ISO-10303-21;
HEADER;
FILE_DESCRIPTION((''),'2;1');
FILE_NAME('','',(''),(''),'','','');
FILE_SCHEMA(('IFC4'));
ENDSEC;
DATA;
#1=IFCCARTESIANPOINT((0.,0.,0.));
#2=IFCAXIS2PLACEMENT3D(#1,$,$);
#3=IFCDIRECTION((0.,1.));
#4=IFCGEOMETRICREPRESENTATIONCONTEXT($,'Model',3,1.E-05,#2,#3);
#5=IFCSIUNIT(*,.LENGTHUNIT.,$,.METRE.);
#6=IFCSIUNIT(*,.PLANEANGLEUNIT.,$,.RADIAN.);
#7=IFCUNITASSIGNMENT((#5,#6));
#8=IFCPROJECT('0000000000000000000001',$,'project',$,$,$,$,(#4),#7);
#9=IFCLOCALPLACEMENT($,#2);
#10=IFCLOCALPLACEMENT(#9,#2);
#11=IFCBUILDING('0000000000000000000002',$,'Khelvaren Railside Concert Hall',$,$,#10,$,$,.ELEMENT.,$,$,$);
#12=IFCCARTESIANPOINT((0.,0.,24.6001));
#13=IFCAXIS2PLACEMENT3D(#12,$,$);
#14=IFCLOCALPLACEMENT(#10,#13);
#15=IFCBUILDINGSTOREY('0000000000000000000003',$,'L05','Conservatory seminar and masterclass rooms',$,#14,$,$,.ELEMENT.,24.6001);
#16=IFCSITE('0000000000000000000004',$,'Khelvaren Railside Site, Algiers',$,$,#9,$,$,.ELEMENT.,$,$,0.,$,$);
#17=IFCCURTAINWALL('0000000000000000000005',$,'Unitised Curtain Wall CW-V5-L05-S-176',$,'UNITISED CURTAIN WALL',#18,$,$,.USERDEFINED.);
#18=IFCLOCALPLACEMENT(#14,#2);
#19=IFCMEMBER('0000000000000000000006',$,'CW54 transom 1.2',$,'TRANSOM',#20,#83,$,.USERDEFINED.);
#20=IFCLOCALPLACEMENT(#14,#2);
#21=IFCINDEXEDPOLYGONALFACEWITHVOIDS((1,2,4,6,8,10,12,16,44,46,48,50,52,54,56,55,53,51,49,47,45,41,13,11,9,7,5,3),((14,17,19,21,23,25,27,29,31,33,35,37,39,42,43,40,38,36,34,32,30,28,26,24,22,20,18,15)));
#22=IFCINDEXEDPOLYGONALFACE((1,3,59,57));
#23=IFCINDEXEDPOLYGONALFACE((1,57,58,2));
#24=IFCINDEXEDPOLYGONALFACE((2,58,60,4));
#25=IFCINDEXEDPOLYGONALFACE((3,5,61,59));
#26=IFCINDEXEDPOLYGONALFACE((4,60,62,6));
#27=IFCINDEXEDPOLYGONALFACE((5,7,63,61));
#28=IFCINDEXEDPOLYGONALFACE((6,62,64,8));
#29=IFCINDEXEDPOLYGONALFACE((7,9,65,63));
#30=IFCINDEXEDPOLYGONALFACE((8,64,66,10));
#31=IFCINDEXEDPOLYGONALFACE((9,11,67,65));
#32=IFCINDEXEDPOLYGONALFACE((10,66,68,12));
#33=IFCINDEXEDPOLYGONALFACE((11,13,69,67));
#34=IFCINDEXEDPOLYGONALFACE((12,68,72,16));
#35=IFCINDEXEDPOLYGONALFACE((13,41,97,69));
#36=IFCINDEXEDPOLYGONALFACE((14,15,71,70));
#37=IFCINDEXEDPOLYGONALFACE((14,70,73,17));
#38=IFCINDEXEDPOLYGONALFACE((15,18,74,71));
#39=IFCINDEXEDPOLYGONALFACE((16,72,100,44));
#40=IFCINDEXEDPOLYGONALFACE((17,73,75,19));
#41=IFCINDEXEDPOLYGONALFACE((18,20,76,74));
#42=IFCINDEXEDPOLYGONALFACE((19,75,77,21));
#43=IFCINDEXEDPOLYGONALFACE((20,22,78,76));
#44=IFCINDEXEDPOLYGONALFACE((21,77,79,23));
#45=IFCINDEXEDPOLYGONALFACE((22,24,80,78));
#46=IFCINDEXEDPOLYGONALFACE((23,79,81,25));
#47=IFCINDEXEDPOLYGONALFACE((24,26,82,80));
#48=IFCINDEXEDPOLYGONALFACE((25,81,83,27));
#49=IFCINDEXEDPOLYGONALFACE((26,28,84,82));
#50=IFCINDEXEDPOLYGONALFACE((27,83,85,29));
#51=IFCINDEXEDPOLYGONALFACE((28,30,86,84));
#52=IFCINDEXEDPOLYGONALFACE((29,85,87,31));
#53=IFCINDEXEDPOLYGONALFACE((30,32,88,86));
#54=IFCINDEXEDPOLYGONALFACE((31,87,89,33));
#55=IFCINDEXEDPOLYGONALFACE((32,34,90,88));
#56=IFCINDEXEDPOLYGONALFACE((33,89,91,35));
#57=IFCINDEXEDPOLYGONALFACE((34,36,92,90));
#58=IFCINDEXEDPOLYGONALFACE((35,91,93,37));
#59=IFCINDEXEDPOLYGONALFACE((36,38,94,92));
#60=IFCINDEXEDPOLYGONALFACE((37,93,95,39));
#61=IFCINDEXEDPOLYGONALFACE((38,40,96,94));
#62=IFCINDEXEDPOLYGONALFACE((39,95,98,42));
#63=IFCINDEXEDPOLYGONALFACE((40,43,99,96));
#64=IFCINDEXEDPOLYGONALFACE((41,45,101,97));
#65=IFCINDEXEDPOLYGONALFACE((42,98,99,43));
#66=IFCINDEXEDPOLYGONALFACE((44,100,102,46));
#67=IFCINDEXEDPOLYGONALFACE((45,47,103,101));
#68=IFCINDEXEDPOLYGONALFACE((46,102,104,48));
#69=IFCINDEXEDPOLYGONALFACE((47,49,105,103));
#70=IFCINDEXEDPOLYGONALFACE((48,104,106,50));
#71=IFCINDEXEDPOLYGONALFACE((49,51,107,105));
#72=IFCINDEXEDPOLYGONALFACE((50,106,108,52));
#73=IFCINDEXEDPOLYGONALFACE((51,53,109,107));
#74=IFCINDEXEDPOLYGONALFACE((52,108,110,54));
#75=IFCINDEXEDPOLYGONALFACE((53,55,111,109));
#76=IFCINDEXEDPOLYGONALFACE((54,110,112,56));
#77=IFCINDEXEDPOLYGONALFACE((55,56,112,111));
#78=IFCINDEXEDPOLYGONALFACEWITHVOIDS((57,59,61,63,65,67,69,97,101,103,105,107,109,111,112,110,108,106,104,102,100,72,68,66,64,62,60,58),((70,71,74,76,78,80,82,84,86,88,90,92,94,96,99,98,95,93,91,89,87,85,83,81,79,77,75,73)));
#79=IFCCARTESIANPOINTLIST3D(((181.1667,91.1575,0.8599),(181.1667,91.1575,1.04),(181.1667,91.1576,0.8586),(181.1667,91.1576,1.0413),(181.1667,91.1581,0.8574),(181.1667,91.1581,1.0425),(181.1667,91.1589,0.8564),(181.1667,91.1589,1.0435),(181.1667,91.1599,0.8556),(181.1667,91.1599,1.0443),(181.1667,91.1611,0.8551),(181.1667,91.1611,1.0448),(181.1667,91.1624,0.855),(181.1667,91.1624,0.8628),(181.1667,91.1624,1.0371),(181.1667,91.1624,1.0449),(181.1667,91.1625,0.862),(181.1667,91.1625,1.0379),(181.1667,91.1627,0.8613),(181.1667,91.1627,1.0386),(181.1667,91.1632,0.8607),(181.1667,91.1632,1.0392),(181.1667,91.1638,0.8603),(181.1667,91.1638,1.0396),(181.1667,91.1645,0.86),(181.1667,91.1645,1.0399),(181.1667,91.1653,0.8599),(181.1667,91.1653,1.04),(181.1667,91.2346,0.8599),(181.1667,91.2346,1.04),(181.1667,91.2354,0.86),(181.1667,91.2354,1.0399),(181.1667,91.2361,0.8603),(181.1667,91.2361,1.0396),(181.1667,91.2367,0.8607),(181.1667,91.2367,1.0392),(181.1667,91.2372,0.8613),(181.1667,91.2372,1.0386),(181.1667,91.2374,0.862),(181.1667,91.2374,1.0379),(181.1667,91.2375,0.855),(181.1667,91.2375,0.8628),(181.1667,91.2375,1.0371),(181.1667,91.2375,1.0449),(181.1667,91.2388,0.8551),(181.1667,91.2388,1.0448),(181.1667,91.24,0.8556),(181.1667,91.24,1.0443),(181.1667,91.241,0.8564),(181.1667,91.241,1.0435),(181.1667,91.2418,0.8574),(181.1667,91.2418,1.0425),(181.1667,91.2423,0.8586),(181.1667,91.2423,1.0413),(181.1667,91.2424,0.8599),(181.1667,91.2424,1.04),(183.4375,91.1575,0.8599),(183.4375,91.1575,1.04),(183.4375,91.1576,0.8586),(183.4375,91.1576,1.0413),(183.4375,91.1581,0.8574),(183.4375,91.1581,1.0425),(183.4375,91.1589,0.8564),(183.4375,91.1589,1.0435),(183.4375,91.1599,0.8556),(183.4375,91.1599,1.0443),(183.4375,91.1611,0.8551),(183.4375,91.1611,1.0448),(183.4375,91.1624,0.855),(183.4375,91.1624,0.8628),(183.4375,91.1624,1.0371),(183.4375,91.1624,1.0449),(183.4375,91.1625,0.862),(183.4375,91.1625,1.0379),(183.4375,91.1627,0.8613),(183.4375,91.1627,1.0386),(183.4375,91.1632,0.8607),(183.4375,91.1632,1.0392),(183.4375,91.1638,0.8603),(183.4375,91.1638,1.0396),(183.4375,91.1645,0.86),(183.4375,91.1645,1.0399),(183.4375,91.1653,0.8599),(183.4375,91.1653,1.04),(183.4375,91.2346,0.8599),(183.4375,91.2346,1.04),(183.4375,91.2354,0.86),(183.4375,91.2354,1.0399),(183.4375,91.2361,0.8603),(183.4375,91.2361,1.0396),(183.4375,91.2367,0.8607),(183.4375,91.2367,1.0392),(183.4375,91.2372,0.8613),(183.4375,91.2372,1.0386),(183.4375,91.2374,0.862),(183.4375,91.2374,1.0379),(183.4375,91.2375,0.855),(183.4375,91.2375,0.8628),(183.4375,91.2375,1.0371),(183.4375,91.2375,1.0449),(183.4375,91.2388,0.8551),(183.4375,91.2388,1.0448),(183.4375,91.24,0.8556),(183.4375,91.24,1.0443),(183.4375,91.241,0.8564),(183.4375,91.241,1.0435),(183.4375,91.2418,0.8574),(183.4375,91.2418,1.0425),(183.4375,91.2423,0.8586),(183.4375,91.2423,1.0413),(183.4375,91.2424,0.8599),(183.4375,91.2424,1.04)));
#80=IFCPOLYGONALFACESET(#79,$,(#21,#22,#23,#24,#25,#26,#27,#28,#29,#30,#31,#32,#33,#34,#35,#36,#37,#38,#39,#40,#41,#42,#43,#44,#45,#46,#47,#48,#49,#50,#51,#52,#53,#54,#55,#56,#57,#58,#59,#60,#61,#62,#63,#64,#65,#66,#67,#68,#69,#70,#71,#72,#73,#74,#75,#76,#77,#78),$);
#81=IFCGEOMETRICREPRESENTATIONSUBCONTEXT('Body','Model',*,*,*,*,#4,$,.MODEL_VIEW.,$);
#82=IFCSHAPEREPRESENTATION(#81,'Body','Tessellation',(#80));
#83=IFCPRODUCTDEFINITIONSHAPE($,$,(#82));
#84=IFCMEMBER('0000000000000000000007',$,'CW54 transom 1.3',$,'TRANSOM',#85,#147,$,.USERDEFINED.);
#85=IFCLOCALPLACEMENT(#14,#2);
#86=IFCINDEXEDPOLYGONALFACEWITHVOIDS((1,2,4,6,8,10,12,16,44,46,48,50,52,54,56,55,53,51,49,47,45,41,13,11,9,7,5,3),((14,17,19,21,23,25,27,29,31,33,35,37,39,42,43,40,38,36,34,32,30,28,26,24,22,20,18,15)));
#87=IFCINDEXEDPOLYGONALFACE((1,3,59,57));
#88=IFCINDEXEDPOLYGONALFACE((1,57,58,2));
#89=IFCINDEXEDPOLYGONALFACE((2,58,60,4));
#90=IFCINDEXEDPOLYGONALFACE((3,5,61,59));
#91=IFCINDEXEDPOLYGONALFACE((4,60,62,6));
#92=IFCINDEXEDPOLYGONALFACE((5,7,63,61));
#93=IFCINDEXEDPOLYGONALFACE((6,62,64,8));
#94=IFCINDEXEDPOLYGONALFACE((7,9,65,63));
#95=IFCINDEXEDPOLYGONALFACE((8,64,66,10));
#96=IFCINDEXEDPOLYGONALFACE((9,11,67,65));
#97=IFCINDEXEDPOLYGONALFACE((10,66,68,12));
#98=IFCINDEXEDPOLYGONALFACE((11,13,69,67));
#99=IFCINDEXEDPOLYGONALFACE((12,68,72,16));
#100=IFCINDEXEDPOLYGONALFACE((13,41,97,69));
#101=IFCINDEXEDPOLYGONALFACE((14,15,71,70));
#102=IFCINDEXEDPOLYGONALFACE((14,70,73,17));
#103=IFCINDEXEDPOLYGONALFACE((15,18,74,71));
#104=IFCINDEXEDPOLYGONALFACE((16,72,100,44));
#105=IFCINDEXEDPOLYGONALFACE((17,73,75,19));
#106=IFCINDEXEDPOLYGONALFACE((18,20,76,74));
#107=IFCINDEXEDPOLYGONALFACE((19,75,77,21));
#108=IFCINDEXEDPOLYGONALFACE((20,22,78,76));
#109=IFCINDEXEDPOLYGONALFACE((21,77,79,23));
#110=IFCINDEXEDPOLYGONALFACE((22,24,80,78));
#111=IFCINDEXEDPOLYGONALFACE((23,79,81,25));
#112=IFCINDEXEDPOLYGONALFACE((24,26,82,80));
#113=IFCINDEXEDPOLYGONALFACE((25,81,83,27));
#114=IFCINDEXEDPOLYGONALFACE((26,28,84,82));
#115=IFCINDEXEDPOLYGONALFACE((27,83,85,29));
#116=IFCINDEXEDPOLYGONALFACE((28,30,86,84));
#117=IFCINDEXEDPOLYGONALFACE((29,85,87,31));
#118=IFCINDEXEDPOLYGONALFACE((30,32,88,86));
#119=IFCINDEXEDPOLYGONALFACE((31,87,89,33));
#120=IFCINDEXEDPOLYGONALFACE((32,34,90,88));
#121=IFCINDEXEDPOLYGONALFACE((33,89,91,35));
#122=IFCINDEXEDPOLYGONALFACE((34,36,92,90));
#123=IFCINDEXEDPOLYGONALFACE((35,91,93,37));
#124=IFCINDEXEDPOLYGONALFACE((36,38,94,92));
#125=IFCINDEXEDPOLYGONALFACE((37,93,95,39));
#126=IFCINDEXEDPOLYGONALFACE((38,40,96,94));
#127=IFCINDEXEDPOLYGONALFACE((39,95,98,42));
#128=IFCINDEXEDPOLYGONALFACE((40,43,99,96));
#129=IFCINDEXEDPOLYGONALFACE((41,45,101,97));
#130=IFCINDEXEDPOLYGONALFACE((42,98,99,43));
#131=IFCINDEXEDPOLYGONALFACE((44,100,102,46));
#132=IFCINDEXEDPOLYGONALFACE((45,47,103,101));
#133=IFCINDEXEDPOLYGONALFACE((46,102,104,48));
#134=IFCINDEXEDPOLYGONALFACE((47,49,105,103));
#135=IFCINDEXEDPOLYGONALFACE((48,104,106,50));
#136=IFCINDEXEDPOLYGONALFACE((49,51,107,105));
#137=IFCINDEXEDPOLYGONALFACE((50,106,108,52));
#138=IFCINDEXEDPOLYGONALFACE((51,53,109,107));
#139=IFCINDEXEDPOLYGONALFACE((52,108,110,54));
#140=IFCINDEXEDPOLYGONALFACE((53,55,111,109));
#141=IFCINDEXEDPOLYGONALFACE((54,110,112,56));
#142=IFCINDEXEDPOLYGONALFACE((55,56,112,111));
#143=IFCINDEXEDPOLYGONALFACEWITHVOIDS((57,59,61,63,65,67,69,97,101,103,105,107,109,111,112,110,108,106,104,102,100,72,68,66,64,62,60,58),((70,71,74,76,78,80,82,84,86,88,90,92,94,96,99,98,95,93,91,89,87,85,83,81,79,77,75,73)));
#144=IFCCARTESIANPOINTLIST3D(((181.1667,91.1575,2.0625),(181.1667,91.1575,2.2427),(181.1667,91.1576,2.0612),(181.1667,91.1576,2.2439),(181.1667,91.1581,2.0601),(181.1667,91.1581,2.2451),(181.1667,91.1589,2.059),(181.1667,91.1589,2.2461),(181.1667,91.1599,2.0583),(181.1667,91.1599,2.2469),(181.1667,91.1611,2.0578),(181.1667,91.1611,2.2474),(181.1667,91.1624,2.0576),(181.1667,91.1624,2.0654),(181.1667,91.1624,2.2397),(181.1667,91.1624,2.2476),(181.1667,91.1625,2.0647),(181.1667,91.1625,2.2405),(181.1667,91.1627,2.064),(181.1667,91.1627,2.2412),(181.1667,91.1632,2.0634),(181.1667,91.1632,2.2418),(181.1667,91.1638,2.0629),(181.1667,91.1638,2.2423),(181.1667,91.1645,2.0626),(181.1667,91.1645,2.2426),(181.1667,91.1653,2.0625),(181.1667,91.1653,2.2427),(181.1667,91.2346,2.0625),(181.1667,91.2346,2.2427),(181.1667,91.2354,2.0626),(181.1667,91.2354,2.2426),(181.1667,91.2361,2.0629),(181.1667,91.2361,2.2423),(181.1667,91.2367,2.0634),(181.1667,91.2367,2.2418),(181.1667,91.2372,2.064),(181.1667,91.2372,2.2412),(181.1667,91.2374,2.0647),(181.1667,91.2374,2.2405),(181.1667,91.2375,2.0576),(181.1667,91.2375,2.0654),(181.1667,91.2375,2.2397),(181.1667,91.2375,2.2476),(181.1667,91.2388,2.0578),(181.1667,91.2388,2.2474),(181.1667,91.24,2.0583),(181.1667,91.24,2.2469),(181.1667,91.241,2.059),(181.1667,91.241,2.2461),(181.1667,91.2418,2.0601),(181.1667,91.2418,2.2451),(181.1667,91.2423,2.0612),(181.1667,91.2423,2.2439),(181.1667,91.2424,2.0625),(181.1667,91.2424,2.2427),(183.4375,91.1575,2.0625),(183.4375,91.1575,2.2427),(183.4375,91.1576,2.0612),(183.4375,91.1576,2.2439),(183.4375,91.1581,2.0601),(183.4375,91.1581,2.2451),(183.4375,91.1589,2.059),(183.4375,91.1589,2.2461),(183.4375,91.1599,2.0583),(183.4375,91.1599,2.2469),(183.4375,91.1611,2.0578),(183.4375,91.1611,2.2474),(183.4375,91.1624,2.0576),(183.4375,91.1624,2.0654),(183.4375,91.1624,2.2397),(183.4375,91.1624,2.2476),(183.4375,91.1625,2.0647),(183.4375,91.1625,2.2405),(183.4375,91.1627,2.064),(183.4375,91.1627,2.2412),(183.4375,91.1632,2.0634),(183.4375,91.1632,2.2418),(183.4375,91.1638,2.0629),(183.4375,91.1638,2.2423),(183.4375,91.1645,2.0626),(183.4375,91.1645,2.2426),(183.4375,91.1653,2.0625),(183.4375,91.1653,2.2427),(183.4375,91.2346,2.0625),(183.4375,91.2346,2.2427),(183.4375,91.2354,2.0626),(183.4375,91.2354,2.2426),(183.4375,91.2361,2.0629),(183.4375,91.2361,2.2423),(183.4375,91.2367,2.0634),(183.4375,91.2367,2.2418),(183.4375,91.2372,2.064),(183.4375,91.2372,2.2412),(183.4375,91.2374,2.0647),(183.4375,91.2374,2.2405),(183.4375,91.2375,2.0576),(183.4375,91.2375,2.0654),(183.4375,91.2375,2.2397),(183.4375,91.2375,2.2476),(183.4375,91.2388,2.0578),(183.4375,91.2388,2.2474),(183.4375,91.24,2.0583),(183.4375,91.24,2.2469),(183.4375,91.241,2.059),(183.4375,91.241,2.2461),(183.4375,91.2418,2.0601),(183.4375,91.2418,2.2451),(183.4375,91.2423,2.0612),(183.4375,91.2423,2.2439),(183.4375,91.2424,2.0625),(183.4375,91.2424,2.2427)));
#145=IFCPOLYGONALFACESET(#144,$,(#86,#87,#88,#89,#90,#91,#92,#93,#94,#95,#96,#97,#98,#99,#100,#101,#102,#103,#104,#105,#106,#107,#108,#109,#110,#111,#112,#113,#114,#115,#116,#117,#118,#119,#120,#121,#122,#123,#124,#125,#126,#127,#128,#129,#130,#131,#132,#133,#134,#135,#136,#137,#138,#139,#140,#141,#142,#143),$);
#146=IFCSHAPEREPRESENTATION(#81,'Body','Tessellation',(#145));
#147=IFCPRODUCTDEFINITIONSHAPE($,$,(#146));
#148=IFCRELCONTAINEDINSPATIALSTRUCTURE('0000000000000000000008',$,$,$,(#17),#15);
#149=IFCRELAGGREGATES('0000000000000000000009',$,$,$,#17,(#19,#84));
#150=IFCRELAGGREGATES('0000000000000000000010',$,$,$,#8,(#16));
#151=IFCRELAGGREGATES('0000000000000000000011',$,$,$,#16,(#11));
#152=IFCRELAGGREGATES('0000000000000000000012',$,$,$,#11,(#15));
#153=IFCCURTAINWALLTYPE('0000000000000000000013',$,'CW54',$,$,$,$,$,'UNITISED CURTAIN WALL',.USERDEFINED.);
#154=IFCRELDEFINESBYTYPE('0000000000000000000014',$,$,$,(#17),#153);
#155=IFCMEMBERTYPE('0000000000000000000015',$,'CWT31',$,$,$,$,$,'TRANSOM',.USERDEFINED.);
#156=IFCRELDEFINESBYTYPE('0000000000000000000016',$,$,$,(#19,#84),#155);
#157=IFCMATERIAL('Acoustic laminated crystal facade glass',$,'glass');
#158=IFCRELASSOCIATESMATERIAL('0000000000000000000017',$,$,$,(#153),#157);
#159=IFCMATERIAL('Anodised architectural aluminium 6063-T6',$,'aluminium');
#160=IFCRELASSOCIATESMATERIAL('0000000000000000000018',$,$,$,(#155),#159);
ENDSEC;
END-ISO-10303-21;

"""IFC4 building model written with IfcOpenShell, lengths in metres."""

from ifc_helpers import new_model, si_unit, direction, frame, origin, origin_2d, place, context, subcontext, project, spatial, hollow_rectangle, extrude, material, material_profile, profile_set, type_object, element, aggregate, save


model = new_model("IFC4")

# Units and contexts
model_context = context("Model", 3, precision=1e-05, world=origin(), true_north=direction((0.0, 1.0)))
body_context = subcontext(model_context, "Body", "Model", "MODEL_VIEW")
ifc_project = project(units=[si_unit("LENGTHUNIT", "METRE"), si_unit("PLANEANGLEUNIT", "RADIAN")], contexts=[model_context])

# Site, building, storey
site_placement = place(None, origin())
site = spatial("IfcSite", under=ifc_project, at=site_placement, Name="Khelvaren Railside Site, Algiers", CompositionType="ELEMENT", RefElevation=0.0)
building_placement = place(site_placement, origin())
building = spatial("IfcBuilding", under=site, at=building_placement, Name="Khelvaren Railside Concert Hall", CompositionType="ELEMENT")
storey_placement = place(building_placement, frame((0.0, 0.0, 24.6001)))
storey = spatial("IfcBuildingStorey", under=building, at=storey_placement, Name="L05", Description="Conservatory seminar and masterclass rooms", CompositionType="ELEMENT", Elevation=24.6001)

# Shared definitions
ifc_material_1 = material(Name="Anodised architectural aluminium 6063-T6", Category="aluminium")

# Curtain wall, members
ifc_material_2 = material(Name="Acoustic laminated crystal facade glass", Category="glass")
curtain_wall_type_1 = type_object("IfcCurtainWallType", Name="CW54", ElementType="UNITISED CURTAIN WALL", PredefinedType="USERDEFINED", material=ifc_material_2)
curtain_wall_1_placement = place(storey_placement, origin())
curtain_wall_1 = element("IfcCurtainWall", 1, at=curtain_wall_1_placement, inside=storey, type_object=curtain_wall_type_1, Name="Unitised Curtain Wall CW-V5-L05-S-176", ObjectType="UNITISED CURTAIN WALL", PredefinedType="USERDEFINED")
ifc_material_profile_1 = material_profile(ifc_material_1, hollow_rectangle(XDim=0.085, YDim=0.1899, WallThickness=0.0049, InnerFilletRadius=0.0029, OuterFilletRadius=0.0049, at=origin_2d()), Name="CWT 85x190x5")
ifc_profile_set_1 = profile_set([ifc_material_profile_1], Name="Anodised architectural aluminium 6063-T6")
member_type_1 = type_object("IfcMemberType", Name="CWT31", ElementType="TRANSOM", PredefinedType="USERDEFINED", material=ifc_profile_set_1)
member_1_placement = place(storey_placement, frame((183.4375, 91.2, 0.95), z_axis=(-1.0, 0.0, 0.0), x_axis=(0.0, -1.0, 0.0)))
member_1 = element("IfcMember", 2, at=member_1_placement, type_object=member_type_1, Name="CW54 transom 1.2", ObjectType="TRANSOM", PredefinedType="USERDEFINED", context=body_context, shape_type="SweptSolid", body=[
    extrude(hollow_rectangle(XDim=0.085, YDim=0.1899, WallThickness=0.0049, InnerFilletRadius=0.0029, OuterFilletRadius=0.0049, at=origin_2d()), origin(), (0.0, 0.0, 1.0), 2.2708),
])
member_2_placement = place(storey_placement, frame((183.4375, 91.2, 2.1526), z_axis=(-1.0, 0.0, 0.0), x_axis=(0.0, -1.0, 0.0)))
member_2 = element("IfcMember", 3, at=member_2_placement, type_object=member_type_1, Name="CW54 transom 1.3", ObjectType="TRANSOM", PredefinedType="USERDEFINED", context=body_context, shape_type="SweptSolid", body=[
    extrude(hollow_rectangle(XDim=0.085, YDim=0.1899, WallThickness=0.0049, InnerFilletRadius=0.0029, OuterFilletRadius=0.0049, at=origin_2d()), origin(), (0.0, 0.0, 1.0), 2.2708),
])

aggregate(curtain_wall_1, [member_1, member_2])

save(model, "model.ifc")
